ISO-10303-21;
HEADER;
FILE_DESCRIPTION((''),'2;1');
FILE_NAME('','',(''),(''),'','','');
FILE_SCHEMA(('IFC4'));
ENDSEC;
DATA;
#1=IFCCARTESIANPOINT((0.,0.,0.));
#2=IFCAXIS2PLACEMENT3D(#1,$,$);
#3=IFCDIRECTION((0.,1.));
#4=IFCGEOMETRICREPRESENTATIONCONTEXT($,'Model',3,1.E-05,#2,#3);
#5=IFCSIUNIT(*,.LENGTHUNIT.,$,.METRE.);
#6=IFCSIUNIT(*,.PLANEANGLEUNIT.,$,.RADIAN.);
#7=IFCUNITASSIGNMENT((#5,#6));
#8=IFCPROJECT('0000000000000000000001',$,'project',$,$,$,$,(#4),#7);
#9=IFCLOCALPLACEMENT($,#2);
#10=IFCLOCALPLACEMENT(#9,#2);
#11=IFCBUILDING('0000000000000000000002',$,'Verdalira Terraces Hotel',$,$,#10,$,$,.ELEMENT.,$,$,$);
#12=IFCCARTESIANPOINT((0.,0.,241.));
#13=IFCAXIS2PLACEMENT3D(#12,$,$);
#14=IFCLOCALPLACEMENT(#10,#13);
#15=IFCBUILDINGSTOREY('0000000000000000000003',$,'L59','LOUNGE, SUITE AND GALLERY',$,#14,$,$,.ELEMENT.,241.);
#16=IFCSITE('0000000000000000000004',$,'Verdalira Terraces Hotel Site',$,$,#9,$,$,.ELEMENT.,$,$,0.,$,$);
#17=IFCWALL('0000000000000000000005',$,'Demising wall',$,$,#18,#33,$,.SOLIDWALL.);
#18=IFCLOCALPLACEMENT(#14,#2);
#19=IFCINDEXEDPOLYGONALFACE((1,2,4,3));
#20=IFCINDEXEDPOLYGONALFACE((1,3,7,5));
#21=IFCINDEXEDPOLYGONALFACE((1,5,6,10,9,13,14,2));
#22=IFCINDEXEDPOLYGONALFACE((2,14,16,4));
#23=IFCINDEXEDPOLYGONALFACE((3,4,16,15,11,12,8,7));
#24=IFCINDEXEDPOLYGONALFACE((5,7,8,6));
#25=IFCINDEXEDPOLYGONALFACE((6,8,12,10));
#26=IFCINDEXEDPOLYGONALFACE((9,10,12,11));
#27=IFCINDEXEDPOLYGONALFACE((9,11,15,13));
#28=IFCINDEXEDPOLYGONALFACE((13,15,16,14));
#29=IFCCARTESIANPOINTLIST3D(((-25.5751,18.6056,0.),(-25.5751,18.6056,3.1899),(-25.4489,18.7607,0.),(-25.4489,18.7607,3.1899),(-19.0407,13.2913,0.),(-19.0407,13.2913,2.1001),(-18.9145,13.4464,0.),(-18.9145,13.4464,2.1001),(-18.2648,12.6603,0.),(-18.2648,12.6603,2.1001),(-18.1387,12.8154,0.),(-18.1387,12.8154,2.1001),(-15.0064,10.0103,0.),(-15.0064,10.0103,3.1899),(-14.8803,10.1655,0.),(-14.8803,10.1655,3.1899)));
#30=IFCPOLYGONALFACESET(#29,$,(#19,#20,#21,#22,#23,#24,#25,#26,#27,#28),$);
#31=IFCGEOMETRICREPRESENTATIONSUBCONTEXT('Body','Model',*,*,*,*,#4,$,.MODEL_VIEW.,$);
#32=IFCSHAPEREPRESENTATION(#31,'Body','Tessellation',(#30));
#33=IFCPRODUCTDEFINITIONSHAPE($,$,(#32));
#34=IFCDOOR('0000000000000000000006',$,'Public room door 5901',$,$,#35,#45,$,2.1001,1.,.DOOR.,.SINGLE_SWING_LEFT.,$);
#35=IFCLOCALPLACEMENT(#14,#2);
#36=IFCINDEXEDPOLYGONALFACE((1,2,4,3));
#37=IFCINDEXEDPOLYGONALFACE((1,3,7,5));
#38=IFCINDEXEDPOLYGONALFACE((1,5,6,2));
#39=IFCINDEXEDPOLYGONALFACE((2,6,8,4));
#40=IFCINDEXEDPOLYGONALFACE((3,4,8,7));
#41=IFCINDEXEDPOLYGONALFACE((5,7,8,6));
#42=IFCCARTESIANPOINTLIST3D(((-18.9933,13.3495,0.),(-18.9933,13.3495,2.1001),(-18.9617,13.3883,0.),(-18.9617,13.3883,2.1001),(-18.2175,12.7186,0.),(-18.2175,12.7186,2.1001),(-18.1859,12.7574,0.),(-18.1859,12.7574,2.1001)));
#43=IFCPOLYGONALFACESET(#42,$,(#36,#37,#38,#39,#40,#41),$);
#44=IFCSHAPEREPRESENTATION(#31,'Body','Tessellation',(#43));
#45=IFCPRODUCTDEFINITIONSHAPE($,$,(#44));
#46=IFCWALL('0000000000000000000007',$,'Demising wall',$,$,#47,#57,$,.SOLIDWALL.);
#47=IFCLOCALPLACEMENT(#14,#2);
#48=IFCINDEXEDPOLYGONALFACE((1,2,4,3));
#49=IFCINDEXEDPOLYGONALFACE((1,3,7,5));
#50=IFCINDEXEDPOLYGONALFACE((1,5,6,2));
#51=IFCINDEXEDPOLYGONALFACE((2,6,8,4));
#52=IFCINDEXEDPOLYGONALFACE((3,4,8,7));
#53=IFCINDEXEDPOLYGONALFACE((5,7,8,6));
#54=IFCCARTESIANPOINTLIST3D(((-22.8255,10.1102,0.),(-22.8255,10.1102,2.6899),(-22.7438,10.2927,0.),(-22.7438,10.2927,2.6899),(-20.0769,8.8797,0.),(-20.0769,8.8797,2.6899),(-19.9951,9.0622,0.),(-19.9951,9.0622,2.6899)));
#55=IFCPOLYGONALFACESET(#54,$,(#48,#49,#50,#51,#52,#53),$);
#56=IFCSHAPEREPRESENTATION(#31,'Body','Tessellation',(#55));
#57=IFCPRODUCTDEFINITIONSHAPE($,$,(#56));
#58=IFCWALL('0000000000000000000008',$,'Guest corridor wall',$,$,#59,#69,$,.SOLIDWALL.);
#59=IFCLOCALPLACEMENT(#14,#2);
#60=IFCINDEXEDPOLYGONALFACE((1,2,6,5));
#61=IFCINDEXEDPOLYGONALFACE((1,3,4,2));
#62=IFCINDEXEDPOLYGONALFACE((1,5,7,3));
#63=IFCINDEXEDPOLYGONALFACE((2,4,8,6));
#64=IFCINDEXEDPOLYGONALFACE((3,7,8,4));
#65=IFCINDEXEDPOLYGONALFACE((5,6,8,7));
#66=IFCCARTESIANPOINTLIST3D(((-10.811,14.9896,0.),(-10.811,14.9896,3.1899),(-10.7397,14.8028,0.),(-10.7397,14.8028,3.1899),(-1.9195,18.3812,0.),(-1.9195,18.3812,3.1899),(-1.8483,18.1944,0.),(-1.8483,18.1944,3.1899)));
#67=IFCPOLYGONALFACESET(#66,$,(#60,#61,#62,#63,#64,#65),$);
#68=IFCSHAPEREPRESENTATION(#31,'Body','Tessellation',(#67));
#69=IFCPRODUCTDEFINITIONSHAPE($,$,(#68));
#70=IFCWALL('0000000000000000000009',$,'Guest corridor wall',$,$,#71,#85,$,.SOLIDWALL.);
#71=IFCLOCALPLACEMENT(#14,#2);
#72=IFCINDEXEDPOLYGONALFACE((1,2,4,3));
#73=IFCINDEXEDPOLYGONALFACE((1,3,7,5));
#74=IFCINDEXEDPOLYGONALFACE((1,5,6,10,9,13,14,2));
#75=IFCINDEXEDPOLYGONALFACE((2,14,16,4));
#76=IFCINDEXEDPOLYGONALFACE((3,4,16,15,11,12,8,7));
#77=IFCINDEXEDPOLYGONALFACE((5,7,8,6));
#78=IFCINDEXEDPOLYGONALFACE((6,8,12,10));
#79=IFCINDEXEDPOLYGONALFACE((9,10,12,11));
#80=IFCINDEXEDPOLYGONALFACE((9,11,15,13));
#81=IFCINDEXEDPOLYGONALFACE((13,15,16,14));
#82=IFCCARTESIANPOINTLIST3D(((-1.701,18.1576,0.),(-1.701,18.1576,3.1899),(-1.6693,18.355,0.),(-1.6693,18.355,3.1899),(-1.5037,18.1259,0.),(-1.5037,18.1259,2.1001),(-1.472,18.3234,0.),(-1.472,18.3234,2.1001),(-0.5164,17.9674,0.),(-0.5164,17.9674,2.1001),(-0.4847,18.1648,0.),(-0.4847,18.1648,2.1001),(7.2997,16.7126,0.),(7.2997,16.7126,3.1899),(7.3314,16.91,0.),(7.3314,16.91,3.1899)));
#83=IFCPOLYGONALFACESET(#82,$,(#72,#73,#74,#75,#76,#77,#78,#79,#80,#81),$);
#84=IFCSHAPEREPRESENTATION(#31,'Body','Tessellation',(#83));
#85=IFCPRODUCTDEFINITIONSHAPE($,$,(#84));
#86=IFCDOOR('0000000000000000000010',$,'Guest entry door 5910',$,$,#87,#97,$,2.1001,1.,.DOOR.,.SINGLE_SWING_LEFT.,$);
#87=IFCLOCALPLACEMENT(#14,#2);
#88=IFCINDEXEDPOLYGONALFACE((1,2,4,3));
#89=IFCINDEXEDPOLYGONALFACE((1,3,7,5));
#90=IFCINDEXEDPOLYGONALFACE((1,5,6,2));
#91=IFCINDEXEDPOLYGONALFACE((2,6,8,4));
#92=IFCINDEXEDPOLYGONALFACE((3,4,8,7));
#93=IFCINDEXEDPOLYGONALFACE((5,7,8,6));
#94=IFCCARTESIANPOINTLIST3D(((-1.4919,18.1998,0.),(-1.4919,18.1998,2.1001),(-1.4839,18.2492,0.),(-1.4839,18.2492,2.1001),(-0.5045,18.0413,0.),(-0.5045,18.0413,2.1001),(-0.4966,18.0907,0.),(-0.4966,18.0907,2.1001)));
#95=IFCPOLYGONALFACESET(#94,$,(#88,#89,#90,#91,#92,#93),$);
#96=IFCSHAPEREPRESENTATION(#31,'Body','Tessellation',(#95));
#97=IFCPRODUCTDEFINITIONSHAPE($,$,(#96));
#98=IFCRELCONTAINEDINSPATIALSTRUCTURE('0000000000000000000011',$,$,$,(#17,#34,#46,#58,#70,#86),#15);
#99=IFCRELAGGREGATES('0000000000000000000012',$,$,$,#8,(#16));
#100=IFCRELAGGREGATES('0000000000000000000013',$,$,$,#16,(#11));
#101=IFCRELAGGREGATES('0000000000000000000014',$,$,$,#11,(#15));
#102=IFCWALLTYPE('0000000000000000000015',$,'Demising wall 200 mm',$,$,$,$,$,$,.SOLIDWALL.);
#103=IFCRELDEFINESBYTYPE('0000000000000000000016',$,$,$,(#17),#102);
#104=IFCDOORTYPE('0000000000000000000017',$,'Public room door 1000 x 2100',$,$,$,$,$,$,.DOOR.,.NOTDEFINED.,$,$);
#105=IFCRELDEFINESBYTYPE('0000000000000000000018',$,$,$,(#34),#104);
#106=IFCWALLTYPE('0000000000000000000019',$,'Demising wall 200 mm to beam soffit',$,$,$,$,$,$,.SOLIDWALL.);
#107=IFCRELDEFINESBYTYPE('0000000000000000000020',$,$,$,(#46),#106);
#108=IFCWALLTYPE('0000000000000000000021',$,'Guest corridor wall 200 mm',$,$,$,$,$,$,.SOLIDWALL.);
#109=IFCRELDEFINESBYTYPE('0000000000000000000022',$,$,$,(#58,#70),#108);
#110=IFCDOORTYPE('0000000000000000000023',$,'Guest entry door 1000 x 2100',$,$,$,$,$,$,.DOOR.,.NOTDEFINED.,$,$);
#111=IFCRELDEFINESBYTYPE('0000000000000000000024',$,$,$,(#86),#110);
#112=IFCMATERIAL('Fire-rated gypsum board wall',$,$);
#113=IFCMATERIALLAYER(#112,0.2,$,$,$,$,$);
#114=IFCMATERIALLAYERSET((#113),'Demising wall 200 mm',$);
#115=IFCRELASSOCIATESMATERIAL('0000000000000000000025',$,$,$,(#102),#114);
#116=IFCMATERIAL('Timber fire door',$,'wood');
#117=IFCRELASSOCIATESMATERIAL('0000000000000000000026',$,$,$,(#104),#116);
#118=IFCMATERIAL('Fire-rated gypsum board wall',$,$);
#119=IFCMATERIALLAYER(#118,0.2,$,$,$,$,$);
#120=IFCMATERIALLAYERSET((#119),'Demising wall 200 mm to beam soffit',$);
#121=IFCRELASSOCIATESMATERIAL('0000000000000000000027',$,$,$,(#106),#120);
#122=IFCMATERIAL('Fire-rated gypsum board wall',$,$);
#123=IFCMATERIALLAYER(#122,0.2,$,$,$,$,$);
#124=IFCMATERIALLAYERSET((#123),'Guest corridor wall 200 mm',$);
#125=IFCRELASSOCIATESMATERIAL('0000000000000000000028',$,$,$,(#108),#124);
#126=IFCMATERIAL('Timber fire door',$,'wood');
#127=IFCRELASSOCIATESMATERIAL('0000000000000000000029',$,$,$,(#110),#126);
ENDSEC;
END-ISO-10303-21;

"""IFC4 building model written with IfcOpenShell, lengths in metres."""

from ifc_helpers import new_model, si_unit, direction, frame, frame_2d, origin, place, context, subcontext, project, spatial, rectangle, extrude, material, layer, layer_set, type_object, element, fill, save


model = new_model("IFC4")

# Units and contexts
model_context = context("Model", 3, precision=1e-05, world=origin(), true_north=direction((0.0, 1.0)))
body_context = subcontext(model_context, "Body", "Model", "MODEL_VIEW")
ifc_project = project(units=[si_unit("LENGTHUNIT", "METRE"), si_unit("PLANEANGLEUNIT", "RADIAN")], contexts=[model_context])

# Site, building, storey
site_placement = place(None, origin())
site = spatial("IfcSite", under=ifc_project, at=site_placement, Name="Verdalira Terraces Hotel Site", CompositionType="ELEMENT", RefElevation=0.0)
building_placement = place(site_placement, origin())
building = spatial("IfcBuilding", under=site, at=building_placement, Name="Verdalira Terraces Hotel", CompositionType="ELEMENT")
storey_placement = place(building_placement, frame((0.0, 0.0, 241.0)))
storey = spatial("IfcBuildingStorey", under=building, at=storey_placement, Name="L59", Description="LOUNGE, SUITE AND GALLERY", CompositionType="ELEMENT", Elevation=241.0)

# Wall, opening, door
ifc_material_1 = material(Name="Fire-rated gypsum board wall")
ifc_layer_1 = layer(ifc_material_1, 0.2)
ifc_layer_set_1 = layer_set([ifc_layer_1], Name="Demising wall 200 mm")
wall_type_1 = type_object("IfcWallType", Name="Demising wall 200 mm", PredefinedType="SOLIDWALL", material=ifc_layer_set_1)
wall_1_placement = place(storey_placement, frame((-14.9434, 10.0879, 0.0), z_axis=(0.0, 0.0, 1.0), x_axis=(-0.775818, 0.630956, 0.0)))
wall_1 = element("IfcWall", 1, at=wall_1_placement, inside=storey, type_object=wall_type_1, Name="Demising wall", PredefinedType="SOLIDWALL", context=body_context, shape_type="SweptSolid", body=[
    extrude(rectangle(XDim=13.6226, YDim=0.2, at=frame_2d((6.8113, 0.0))), origin(), (0.0, 0.0, 1.0), 3.1899),
])
opening_1_placement = place(wall_1_placement, frame((4.2, 0.0, 0.0)))
opening_1 = element("IfcOpeningElement", 2, at=opening_1_placement, cuts=wall_1, PredefinedType="OPENING", context=body_context, shape_type="SweptSolid", body=[
    extrude(rectangle(XDim=1.0, YDim=2.1001, at=frame_2d((0.5, 1.05))), frame((0.0, 0.1099, 0.0), z_axis=(0.0, -1.0, 0.0), x_axis=(1.0, 0.0, 0.0)), (0.0, 0.0, 1.0), 0.22),
])
ifc_material_2 = material(Name="Timber fire door", Category="wood")
door_type_1 = type_object("IfcDoorType", Name="Public room door 1000 x 2100", OperationType="NOTDEFINED", PredefinedType="DOOR", material=ifc_material_2)
door_1_placement = place(opening_1_placement, origin())
door_1 = element("IfcDoor", 3, at=door_1_placement, inside=storey, type_object=door_type_1, Name="Public room door 5901", OperationType="SINGLE_SWING_LEFT", OverallHeight=2.1001, OverallWidth=1.0, PredefinedType="DOOR", context=body_context, shape_type="SweptSolid", body=[
    extrude(rectangle(XDim=1.0, YDim=2.1001, at=frame_2d((0.5, 1.05))), frame((0.0, 0.0249, 0.0), z_axis=(0.0, -1.0, 0.0), x_axis=(1.0, 0.0, 0.0)), (0.0, 0.0, 1.0), 0.05),
])
fill(opening_1, door_1)

# Walls
ifc_material_3 = material(Name="Fire-rated gypsum board wall")
ifc_layer_2 = layer(ifc_material_3, 0.2)
ifc_layer_set_2 = layer_set([ifc_layer_2], Name="Demising wall 200 mm to beam soffit")
wall_type_2 = type_object("IfcWallType", Name="Demising wall 200 mm to beam soffit", PredefinedType="SOLIDWALL", material=ifc_layer_set_2)
wall_2_placement = place(storey_placement, frame((-20.0359, 8.9709, 0.0), z_axis=(0.0, 0.0, 1.0), x_axis=(-0.912712, 0.408604, 0.0)))
element("IfcWall", 4, at=wall_2_placement, inside=storey, type_object=wall_type_2, Name="Demising wall", PredefinedType="SOLIDWALL", context=body_context, shape_type="SweptSolid", body=[
    extrude(rectangle(XDim=3.0115, YDim=0.2, at=frame_2d((1.5059, 0.0))), origin(), (0.0, 0.0, 1.0), 2.6899),
])
ifc_material_4 = material(Name="Fire-rated gypsum board wall")
ifc_layer_3 = layer(ifc_material_4, 0.2)
ifc_layer_set_3 = layer_set([ifc_layer_3], Name="Guest corridor wall 200 mm")
wall_type_3 = type_object("IfcWallType", Name="Guest corridor wall 200 mm", PredefinedType="SOLIDWALL", material=ifc_layer_set_3)
wall_3_placement = place(storey_placement, frame((-1.8838, 18.2878, 0.0), z_axis=(0.0, 0.0, 1.0), x_axis=(-0.934333, -0.356401, 0.0)))
element("IfcWall", 5, at=wall_3_placement, inside=storey, type_object=wall_type_3, Name="Guest corridor wall", PredefinedType="SOLIDWALL", context=body_context, shape_type="SweptSolid", body=[
    extrude(rectangle(XDim=9.5164, YDim=0.2, at=frame_2d((4.7583, 0.0))), origin(), (0.0, 0.0, 1.0), 3.1899),
])

# Wall, opening, door
wall_4_placement = place(storey_placement, frame((-1.6853, 18.2563, 0.0), z_axis=(0.0, 0.0, 1.0), x_axis=(0.987356, -0.15852, 0.0)))
wall_4 = element("IfcWall", 6, at=wall_4_placement, inside=storey, type_object=wall_type_3, Name="Guest corridor wall", PredefinedType="SOLIDWALL", context=body_context, shape_type="SweptSolid", body=[
    extrude(rectangle(XDim=9.116, YDim=0.2, at=frame_2d((4.5581, 0.0))), origin(), (0.0, 0.0, 1.0), 3.1899),
])
opening_2_placement = place(wall_4_placement, frame((0.2, 0.0, 0.0)))
opening_2 = element("IfcOpeningElement", 7, at=opening_2_placement, cuts=wall_4, PredefinedType="OPENING", context=body_context, shape_type="SweptSolid", body=[
    extrude(rectangle(XDim=1.0, YDim=2.1001, at=frame_2d((0.5, 1.05))), frame((0.0, 0.1099, 0.0), z_axis=(0.0, -1.0, 0.0), x_axis=(1.0, 0.0, 0.0)), (0.0, 0.0, 1.0), 0.22),
])
ifc_material_5 = material(Name="Timber fire door", Category="wood")
door_type_2 = type_object("IfcDoorType", Name="Guest entry door 1000 x 2100", OperationType="NOTDEFINED", PredefinedType="DOOR", material=ifc_material_5)
door_2_placement = place(opening_2_placement, origin())
door_2 = element("IfcDoor", 8, at=door_2_placement, inside=storey, type_object=door_type_2, Name="Guest entry door 5910", OperationType="SINGLE_SWING_LEFT", OverallHeight=2.1001, OverallWidth=1.0, PredefinedType="DOOR", context=body_context, shape_type="SweptSolid", body=[
    extrude(rectangle(XDim=1.0, YDim=2.1001, at=frame_2d((0.5, 1.05))), frame((0.0, 0.0249, 0.0), z_axis=(0.0, -1.0, 0.0), x_axis=(1.0, 0.0, 0.0)), (0.0, 0.0, 1.0), 0.05),
])
fill(opening_2, door_2)

save(model, "model.ifc")
